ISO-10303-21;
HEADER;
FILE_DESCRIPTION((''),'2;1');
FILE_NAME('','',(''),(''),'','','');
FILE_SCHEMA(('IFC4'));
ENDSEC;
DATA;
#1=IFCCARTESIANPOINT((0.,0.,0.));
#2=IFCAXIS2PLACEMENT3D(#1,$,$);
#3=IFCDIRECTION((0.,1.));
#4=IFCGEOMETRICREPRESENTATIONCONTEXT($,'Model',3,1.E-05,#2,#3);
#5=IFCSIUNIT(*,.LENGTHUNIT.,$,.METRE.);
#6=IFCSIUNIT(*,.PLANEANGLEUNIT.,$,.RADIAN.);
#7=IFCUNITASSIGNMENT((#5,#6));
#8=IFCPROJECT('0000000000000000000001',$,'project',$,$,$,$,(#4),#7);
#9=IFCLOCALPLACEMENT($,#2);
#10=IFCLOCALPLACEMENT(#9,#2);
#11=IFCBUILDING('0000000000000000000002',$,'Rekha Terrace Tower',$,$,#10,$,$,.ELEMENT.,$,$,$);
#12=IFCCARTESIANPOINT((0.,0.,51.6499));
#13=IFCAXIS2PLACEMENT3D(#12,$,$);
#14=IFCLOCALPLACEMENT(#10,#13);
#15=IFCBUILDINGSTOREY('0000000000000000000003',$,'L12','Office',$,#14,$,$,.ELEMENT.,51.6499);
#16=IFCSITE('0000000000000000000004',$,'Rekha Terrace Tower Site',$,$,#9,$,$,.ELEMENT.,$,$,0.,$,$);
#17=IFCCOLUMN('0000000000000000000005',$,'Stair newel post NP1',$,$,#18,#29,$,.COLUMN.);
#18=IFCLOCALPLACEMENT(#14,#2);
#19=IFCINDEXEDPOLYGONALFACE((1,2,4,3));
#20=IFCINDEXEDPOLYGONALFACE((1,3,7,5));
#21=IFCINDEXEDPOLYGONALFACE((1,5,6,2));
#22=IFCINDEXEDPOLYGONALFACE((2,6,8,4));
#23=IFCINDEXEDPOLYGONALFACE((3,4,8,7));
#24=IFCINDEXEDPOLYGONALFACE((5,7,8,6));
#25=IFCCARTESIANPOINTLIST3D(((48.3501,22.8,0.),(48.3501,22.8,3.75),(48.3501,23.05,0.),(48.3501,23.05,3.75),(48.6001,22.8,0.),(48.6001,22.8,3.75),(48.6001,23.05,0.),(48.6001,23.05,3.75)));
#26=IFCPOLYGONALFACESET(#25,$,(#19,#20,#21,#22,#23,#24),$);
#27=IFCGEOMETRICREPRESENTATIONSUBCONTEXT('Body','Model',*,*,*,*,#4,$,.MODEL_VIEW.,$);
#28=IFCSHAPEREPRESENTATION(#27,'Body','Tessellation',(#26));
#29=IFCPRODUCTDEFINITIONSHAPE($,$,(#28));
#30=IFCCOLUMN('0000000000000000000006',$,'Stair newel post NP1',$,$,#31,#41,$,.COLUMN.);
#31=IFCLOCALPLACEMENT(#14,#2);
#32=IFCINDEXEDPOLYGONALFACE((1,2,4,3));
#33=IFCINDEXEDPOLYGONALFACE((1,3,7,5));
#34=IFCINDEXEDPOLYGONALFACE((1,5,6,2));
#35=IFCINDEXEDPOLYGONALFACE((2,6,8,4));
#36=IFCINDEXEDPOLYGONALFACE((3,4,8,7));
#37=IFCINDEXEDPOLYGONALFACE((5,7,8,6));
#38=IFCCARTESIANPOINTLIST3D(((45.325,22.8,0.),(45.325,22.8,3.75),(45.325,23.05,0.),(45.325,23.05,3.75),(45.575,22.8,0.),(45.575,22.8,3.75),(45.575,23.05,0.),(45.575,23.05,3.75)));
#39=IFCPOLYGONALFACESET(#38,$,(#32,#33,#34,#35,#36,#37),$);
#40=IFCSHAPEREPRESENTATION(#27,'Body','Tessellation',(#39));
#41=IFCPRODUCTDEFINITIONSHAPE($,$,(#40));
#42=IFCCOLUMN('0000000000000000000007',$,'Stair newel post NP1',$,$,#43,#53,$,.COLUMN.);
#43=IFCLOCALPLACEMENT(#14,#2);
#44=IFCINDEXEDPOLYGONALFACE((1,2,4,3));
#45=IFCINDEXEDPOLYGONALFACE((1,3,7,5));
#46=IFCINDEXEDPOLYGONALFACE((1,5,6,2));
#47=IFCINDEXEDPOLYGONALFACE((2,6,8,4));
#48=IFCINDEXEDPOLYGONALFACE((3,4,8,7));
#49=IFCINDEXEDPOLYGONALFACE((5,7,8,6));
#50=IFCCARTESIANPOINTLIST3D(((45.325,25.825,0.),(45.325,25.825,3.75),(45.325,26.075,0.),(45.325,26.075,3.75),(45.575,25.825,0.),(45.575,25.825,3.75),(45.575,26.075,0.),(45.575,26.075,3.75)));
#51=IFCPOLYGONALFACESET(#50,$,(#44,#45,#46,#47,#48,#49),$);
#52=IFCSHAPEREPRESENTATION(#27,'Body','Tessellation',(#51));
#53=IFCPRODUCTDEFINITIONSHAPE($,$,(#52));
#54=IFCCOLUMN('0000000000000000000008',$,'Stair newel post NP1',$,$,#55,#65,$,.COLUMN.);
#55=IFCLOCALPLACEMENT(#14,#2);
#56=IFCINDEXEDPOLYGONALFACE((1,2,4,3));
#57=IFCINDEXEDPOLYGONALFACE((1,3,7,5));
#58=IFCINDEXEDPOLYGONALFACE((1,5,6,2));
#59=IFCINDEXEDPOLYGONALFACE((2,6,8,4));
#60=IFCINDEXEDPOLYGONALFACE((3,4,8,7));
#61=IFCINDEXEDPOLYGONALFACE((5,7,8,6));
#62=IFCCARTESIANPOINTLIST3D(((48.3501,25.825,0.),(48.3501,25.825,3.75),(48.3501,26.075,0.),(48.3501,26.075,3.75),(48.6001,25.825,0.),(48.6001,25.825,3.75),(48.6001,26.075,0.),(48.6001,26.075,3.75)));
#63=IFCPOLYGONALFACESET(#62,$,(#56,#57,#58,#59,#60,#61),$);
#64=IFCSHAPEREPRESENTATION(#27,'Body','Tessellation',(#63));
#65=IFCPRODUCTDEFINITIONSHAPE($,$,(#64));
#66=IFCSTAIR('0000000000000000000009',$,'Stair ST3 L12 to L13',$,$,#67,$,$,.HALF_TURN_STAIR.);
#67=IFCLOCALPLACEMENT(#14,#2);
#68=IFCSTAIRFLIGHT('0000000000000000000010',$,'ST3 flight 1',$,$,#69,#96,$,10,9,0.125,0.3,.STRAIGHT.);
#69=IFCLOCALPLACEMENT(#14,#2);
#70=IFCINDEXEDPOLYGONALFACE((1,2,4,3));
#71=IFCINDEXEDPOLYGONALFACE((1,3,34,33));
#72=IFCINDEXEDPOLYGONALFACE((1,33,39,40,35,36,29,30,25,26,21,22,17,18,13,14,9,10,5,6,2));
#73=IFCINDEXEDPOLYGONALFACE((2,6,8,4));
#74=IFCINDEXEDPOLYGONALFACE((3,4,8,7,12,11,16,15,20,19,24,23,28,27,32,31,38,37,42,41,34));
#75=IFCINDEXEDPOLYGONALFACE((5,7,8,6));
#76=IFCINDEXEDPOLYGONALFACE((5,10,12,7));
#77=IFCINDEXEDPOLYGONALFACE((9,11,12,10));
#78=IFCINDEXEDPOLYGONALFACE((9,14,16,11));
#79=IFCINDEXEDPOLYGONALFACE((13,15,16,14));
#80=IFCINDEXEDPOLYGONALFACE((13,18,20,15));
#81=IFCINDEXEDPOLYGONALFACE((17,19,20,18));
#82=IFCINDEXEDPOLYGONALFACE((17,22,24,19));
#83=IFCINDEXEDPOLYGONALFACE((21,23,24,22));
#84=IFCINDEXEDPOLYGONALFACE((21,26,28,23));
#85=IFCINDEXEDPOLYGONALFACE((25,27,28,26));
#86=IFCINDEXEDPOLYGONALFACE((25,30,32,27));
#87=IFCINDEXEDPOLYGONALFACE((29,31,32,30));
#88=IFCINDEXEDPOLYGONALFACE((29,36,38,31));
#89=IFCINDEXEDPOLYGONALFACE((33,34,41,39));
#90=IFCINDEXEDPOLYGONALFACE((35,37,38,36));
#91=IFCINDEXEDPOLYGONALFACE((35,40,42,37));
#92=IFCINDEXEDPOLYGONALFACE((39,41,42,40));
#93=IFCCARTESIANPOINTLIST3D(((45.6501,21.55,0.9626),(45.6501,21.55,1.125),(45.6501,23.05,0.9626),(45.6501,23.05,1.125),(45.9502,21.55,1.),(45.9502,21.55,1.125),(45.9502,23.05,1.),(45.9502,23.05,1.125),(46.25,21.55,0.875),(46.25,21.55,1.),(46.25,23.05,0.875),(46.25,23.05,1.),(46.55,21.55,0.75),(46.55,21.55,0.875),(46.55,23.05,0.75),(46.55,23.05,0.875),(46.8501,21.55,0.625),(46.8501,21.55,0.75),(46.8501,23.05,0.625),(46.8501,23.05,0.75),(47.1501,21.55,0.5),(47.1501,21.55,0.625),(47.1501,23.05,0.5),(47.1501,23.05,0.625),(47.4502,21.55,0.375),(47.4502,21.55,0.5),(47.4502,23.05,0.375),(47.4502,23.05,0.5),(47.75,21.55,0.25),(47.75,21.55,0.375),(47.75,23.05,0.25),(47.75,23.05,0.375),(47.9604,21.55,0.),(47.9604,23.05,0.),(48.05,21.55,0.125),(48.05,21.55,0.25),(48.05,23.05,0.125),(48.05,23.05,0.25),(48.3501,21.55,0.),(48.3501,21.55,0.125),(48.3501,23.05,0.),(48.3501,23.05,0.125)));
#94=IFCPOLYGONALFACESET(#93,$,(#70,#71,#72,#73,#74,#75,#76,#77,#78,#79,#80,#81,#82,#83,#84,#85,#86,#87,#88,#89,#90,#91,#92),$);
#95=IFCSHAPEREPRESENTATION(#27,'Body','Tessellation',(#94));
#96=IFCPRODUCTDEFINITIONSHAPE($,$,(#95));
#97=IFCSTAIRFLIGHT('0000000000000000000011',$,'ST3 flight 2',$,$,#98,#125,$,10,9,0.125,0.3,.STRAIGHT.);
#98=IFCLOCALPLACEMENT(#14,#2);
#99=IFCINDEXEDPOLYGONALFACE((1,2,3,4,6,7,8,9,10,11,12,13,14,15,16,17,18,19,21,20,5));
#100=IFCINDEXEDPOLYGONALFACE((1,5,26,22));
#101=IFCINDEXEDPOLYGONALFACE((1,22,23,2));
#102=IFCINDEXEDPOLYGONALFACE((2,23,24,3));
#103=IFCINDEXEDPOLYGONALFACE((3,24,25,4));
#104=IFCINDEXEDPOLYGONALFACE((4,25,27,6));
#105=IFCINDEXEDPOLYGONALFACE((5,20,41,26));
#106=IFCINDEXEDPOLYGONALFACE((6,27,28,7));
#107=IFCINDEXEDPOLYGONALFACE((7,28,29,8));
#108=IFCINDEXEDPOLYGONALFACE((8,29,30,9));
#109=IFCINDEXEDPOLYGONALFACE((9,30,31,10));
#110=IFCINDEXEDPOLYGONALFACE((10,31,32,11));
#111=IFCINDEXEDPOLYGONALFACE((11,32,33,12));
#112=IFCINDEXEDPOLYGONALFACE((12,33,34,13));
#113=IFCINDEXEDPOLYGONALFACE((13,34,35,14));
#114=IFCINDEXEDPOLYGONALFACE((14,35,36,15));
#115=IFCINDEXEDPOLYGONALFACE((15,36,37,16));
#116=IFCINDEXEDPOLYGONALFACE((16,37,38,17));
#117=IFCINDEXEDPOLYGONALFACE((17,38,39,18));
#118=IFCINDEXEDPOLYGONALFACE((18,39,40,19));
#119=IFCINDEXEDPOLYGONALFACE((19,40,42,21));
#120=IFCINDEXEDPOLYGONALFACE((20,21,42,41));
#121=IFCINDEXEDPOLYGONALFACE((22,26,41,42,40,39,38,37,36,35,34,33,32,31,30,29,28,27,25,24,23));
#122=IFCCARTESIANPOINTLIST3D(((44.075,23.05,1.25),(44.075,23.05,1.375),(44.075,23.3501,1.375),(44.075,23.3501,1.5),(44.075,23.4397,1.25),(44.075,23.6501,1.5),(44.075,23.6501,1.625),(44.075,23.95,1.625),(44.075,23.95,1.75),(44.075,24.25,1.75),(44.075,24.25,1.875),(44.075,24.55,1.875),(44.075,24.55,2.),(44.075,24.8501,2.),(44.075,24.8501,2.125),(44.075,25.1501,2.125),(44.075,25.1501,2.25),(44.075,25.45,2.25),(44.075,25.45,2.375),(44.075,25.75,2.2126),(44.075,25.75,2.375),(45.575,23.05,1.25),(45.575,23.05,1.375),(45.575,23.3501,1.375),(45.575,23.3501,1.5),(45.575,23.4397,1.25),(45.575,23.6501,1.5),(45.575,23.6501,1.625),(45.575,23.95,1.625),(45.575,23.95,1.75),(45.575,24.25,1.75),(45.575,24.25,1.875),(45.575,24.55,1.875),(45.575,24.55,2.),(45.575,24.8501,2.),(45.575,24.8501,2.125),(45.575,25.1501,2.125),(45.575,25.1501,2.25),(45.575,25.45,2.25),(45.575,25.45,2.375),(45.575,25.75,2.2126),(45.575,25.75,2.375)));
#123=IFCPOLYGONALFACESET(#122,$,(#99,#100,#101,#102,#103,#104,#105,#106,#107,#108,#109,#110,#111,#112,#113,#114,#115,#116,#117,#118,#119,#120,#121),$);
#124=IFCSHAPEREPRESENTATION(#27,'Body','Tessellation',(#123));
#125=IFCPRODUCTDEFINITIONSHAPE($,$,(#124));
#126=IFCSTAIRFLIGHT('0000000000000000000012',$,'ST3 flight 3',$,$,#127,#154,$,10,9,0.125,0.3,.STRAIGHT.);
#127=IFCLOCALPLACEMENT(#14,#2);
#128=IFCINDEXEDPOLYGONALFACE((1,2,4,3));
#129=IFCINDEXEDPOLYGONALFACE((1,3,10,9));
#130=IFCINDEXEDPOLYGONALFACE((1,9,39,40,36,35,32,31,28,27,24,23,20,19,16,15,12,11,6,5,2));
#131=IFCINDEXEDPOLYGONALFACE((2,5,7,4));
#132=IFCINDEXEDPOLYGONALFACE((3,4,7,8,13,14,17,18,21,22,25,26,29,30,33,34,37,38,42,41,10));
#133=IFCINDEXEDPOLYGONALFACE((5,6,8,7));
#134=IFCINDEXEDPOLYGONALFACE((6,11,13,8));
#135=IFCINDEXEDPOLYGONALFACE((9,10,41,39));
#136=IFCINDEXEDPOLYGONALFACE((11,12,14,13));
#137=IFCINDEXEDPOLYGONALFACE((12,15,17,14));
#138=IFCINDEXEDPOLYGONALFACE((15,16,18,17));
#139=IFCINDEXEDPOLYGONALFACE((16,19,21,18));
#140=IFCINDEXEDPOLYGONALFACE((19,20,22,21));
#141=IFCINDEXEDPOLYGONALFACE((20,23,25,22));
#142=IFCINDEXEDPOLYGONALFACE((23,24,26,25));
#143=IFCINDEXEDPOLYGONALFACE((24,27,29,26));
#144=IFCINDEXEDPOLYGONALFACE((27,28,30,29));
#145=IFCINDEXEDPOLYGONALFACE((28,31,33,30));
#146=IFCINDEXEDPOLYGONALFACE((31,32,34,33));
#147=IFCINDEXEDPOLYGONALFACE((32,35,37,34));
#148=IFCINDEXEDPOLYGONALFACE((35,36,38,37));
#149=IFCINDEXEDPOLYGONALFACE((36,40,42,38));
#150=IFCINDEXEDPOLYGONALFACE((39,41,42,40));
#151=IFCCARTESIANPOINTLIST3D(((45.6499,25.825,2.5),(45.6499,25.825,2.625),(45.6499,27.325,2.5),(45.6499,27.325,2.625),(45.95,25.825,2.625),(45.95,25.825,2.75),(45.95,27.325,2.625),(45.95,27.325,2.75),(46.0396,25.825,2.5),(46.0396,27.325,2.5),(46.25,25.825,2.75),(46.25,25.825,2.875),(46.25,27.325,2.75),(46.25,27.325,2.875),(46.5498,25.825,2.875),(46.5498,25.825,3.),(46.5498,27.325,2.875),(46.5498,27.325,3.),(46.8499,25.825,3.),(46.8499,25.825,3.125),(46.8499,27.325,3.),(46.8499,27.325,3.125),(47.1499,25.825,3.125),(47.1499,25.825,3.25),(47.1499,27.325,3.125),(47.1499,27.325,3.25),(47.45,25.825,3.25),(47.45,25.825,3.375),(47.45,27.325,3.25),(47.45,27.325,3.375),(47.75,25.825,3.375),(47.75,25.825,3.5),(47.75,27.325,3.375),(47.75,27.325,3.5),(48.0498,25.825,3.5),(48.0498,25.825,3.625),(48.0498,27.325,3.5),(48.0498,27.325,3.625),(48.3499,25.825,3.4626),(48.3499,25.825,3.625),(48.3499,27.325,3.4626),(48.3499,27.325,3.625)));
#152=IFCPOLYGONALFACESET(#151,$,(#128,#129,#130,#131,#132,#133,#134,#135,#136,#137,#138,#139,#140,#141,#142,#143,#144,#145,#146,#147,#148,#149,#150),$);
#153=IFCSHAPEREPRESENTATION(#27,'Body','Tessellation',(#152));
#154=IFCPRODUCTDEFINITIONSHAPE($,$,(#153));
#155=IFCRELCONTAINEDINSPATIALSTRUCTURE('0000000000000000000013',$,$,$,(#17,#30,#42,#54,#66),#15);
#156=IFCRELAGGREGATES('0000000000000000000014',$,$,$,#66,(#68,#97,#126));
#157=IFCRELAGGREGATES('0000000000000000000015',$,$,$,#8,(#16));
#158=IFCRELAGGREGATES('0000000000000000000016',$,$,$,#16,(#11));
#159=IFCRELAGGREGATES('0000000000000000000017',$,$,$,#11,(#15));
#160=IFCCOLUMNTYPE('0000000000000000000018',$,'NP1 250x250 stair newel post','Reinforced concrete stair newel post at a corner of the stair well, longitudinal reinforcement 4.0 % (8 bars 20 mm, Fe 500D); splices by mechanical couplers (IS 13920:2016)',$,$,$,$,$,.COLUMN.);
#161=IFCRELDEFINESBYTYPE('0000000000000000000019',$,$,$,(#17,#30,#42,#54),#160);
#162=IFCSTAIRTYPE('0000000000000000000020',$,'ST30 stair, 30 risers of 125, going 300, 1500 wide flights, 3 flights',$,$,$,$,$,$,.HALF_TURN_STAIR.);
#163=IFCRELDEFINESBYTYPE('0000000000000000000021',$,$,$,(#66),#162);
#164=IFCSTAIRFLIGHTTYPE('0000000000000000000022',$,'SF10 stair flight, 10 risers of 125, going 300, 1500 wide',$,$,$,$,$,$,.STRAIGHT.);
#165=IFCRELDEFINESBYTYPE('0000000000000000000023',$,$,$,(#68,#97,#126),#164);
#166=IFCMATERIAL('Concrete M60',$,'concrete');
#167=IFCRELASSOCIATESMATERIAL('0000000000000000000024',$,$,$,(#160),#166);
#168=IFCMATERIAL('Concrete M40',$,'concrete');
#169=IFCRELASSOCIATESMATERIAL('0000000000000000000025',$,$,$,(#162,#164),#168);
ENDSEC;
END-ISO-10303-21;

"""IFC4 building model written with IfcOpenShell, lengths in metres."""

from ifc_helpers import new_model, si_unit, direction, frame, origin, origin_2d, place, context, subcontext, project, spatial, polyline, rectangle, outline, extrude, material, material_profile, profile_set, type_object, element, aggregate, save


model = new_model("IFC4")

# Units and contexts
model_context = context("Model", 3, precision=1e-05, world=origin(), true_north=direction((0.0, 1.0)))
body_context = subcontext(model_context, "Body", "Model", "MODEL_VIEW")
ifc_project = project(units=[si_unit("LENGTHUNIT", "METRE"), si_unit("PLANEANGLEUNIT", "RADIAN")], contexts=[model_context])

# Site, building, storey
site_placement = place(None, origin())
site = spatial("IfcSite", under=ifc_project, at=site_placement, Name="Rekha Terrace Tower Site", CompositionType="ELEMENT", RefElevation=0.0)
building_placement = place(site_placement, origin())
building = spatial("IfcBuilding", under=site, at=building_placement, Name="Rekha Terrace Tower", CompositionType="ELEMENT")
storey_placement = place(building_placement, frame((0.0, 0.0, 51.6499)))
storey = spatial("IfcBuildingStorey", under=building, at=storey_placement, Name="L12", Description="Office", CompositionType="ELEMENT", Elevation=51.6499)

# Columns
ifc_material_1 = material(Name="Concrete M60", Category="concrete")
ifc_material_profile = material_profile(ifc_material_1, rectangle(XDim=0.25, YDim=0.25, at=origin_2d()), Name="RC 250x250")
ifc_profile_set = profile_set([ifc_material_profile], Name="Concrete M60")
column_type = type_object("IfcColumnType", Name="NP1 250x250 stair newel post", Description="Reinforced concrete stair newel post at a corner of the stair well, longitudinal reinforcement 4.0 % (8 bars 20 mm, Fe 500D); splices by mechanical couplers (IS 13920:2016)", PredefinedType="COLUMN", material=ifc_profile_set)
for number, where, z_axis, x_axis, name in (
    (1, (48.4751, 22.925, 0.0), (0.0, 0.0, 1.0), (1.0, 0.0, 0.0), "Stair newel post NP1"),
    (2, (45.45, 22.925, 0.0), (0.0, 0.0, 1.0), (1.0, 0.0, 0.0), "Stair newel post NP1"),
    (3, (45.45, 25.95, 0.0), (0.0, 0.0, 1.0), (1.0, 0.0, 0.0), "Stair newel post NP1"),
    (4, (48.4751, 25.95, 0.0), (0.0, 0.0, 1.0), (1.0, 0.0, 0.0), "Stair newel post NP1"),
):
    element("IfcColumn", number, at=place(storey_placement, frame(where, z_axis=z_axis, x_axis=x_axis)), inside=storey, type_object=column_type, Name=name, PredefinedType="COLUMN", context=body_context, shape_type="SweptSolid", body=[
        extrude(rectangle(XDim=0.25, YDim=0.25, at=origin_2d()), origin(), (0.0, 0.0, 1.0), 3.75),
    ])

# Stair, stair flights
ifc_material_2 = material(Name="Concrete M40", Category="concrete")
stair_type = type_object("IfcStairType", Name="ST30 stair, 30 risers of 125, going 300, 1500 wide flights, 3 flights", PredefinedType="HALF_TURN_STAIR", material=ifc_material_2)
stair_placement = place(storey_placement, origin())
stair = element("IfcStair", 5, at=stair_placement, inside=storey, type_object=stair_type, Name="Stair ST3 L12 to L13", PredefinedType="HALF_TURN_STAIR")
stair_flight_type = type_object("IfcStairFlightType", Name="SF10 stair flight, 10 risers of 125, going 300, 1500 wide", PredefinedType="STRAIGHT", material=ifc_material_2)
stair_flight_1_placement = place(storey_placement, frame((48.3501, 22.3, 0.0), z_axis=(0.0, 0.0, 1.0), x_axis=(-1.0, 0.0, 0.0)))
stair_flight_1 = element("IfcStairFlight", 6, at=stair_flight_1_placement, type_object=stair_flight_type, Name="ST3 flight 1", NumberOfRisers=10, NumberOfTreads=9, PredefinedType="STRAIGHT", RiserHeight=0.125, TreadLength=0.3, context=body_context, shape_type="SweptSolid", body=[
    extrude(outline(polyline([(0.0, 0.0), (0.0, 0.125), (0.3, 0.125), (0.3, 0.25), (0.6001, 0.25), (0.6001, 0.375), (0.8999, 0.375), (0.8999, 0.5), (1.2, 0.5), (1.2, 0.625), (1.5, 0.625), (1.5, 0.75), (1.8, 0.75), (1.8, 0.875), (2.1001, 0.875), (2.1001, 1.0), (2.3999, 1.0), (2.3999, 1.125), (2.7, 1.125), (2.7, 1.25), (2.7, 0.9626), (0.3896, 0.0), (0.0, 0.0)])), frame((0.0, 0.75, 0.0), z_axis=(0.0, -1.0, 0.0), x_axis=(1.0, 0.0, 0.0)), (0.0, 0.0, 1.0), 1.5),
])
stair_flight_2_placement = place(storey_placement, frame((44.825, 23.05, 1.25), z_axis=(0.0, 0.0, 1.0), x_axis=(0.0, 1.0, 0.0)))
stair_flight_2 = element("IfcStairFlight", 7, at=stair_flight_2_placement, type_object=stair_flight_type, Name="ST3 flight 2", NumberOfRisers=10, NumberOfTreads=9, PredefinedType="STRAIGHT", RiserHeight=0.125, TreadLength=0.3, context=body_context, shape_type="SweptSolid", body=[
    extrude(outline(polyline([(0.0, 0.0), (0.0, 0.125), (0.3, 0.125), (0.3, 0.25), (0.6001, 0.25), (0.6001, 0.375), (0.8999, 0.375), (0.8999, 0.5), (1.2, 0.5), (1.2, 0.625), (1.5, 0.625), (1.5, 0.75), (1.8, 0.75), (1.8, 0.875), (2.1001, 0.875), (2.1001, 1.0), (2.3999, 1.0), (2.3999, 1.125), (2.7, 1.125), (2.7, 1.25), (2.7, 0.9626), (0.3896, 0.0), (0.0, 0.0)])), frame((0.0, 0.75, 0.0), z_axis=(0.0, -1.0, 0.0), x_axis=(1.0, 0.0, 0.0)), (0.0, 0.0, 1.0), 1.5),
])
stair_flight_3_placement = place(storey_placement, frame((45.6499, 26.575, 2.5), z_axis=(0.0, 0.0, 1.0), x_axis=(1.0, 0.0, 0.0)))
stair_flight_3 = element("IfcStairFlight", 8, at=stair_flight_3_placement, type_object=stair_flight_type, Name="ST3 flight 3", NumberOfRisers=10, NumberOfTreads=9, PredefinedType="STRAIGHT", RiserHeight=0.125, TreadLength=0.3, context=body_context, shape_type="SweptSolid", body=[
    extrude(outline(polyline([(0.0, 0.0), (0.0, 0.125), (0.3, 0.125), (0.3, 0.25), (0.6001, 0.25), (0.6001, 0.375), (0.8999, 0.375), (0.8999, 0.5), (1.2, 0.5), (1.2, 0.625), (1.5, 0.625), (1.5, 0.75), (1.8, 0.75), (1.8, 0.875), (2.1001, 0.875), (2.1001, 1.0), (2.3999, 1.0), (2.3999, 1.125), (2.7, 1.125), (2.7, 1.25), (2.7, 0.9626), (0.3896, 0.0), (0.0, 0.0)])), frame((0.0, 0.75, 0.0), z_axis=(0.0, -1.0, 0.0), x_axis=(1.0, 0.0, 0.0)), (0.0, 0.0, 1.0), 1.5),
])
aggregate(stair, [stair_flight_1, stair_flight_2, stair_flight_3])

save(model, "model.ifc")
